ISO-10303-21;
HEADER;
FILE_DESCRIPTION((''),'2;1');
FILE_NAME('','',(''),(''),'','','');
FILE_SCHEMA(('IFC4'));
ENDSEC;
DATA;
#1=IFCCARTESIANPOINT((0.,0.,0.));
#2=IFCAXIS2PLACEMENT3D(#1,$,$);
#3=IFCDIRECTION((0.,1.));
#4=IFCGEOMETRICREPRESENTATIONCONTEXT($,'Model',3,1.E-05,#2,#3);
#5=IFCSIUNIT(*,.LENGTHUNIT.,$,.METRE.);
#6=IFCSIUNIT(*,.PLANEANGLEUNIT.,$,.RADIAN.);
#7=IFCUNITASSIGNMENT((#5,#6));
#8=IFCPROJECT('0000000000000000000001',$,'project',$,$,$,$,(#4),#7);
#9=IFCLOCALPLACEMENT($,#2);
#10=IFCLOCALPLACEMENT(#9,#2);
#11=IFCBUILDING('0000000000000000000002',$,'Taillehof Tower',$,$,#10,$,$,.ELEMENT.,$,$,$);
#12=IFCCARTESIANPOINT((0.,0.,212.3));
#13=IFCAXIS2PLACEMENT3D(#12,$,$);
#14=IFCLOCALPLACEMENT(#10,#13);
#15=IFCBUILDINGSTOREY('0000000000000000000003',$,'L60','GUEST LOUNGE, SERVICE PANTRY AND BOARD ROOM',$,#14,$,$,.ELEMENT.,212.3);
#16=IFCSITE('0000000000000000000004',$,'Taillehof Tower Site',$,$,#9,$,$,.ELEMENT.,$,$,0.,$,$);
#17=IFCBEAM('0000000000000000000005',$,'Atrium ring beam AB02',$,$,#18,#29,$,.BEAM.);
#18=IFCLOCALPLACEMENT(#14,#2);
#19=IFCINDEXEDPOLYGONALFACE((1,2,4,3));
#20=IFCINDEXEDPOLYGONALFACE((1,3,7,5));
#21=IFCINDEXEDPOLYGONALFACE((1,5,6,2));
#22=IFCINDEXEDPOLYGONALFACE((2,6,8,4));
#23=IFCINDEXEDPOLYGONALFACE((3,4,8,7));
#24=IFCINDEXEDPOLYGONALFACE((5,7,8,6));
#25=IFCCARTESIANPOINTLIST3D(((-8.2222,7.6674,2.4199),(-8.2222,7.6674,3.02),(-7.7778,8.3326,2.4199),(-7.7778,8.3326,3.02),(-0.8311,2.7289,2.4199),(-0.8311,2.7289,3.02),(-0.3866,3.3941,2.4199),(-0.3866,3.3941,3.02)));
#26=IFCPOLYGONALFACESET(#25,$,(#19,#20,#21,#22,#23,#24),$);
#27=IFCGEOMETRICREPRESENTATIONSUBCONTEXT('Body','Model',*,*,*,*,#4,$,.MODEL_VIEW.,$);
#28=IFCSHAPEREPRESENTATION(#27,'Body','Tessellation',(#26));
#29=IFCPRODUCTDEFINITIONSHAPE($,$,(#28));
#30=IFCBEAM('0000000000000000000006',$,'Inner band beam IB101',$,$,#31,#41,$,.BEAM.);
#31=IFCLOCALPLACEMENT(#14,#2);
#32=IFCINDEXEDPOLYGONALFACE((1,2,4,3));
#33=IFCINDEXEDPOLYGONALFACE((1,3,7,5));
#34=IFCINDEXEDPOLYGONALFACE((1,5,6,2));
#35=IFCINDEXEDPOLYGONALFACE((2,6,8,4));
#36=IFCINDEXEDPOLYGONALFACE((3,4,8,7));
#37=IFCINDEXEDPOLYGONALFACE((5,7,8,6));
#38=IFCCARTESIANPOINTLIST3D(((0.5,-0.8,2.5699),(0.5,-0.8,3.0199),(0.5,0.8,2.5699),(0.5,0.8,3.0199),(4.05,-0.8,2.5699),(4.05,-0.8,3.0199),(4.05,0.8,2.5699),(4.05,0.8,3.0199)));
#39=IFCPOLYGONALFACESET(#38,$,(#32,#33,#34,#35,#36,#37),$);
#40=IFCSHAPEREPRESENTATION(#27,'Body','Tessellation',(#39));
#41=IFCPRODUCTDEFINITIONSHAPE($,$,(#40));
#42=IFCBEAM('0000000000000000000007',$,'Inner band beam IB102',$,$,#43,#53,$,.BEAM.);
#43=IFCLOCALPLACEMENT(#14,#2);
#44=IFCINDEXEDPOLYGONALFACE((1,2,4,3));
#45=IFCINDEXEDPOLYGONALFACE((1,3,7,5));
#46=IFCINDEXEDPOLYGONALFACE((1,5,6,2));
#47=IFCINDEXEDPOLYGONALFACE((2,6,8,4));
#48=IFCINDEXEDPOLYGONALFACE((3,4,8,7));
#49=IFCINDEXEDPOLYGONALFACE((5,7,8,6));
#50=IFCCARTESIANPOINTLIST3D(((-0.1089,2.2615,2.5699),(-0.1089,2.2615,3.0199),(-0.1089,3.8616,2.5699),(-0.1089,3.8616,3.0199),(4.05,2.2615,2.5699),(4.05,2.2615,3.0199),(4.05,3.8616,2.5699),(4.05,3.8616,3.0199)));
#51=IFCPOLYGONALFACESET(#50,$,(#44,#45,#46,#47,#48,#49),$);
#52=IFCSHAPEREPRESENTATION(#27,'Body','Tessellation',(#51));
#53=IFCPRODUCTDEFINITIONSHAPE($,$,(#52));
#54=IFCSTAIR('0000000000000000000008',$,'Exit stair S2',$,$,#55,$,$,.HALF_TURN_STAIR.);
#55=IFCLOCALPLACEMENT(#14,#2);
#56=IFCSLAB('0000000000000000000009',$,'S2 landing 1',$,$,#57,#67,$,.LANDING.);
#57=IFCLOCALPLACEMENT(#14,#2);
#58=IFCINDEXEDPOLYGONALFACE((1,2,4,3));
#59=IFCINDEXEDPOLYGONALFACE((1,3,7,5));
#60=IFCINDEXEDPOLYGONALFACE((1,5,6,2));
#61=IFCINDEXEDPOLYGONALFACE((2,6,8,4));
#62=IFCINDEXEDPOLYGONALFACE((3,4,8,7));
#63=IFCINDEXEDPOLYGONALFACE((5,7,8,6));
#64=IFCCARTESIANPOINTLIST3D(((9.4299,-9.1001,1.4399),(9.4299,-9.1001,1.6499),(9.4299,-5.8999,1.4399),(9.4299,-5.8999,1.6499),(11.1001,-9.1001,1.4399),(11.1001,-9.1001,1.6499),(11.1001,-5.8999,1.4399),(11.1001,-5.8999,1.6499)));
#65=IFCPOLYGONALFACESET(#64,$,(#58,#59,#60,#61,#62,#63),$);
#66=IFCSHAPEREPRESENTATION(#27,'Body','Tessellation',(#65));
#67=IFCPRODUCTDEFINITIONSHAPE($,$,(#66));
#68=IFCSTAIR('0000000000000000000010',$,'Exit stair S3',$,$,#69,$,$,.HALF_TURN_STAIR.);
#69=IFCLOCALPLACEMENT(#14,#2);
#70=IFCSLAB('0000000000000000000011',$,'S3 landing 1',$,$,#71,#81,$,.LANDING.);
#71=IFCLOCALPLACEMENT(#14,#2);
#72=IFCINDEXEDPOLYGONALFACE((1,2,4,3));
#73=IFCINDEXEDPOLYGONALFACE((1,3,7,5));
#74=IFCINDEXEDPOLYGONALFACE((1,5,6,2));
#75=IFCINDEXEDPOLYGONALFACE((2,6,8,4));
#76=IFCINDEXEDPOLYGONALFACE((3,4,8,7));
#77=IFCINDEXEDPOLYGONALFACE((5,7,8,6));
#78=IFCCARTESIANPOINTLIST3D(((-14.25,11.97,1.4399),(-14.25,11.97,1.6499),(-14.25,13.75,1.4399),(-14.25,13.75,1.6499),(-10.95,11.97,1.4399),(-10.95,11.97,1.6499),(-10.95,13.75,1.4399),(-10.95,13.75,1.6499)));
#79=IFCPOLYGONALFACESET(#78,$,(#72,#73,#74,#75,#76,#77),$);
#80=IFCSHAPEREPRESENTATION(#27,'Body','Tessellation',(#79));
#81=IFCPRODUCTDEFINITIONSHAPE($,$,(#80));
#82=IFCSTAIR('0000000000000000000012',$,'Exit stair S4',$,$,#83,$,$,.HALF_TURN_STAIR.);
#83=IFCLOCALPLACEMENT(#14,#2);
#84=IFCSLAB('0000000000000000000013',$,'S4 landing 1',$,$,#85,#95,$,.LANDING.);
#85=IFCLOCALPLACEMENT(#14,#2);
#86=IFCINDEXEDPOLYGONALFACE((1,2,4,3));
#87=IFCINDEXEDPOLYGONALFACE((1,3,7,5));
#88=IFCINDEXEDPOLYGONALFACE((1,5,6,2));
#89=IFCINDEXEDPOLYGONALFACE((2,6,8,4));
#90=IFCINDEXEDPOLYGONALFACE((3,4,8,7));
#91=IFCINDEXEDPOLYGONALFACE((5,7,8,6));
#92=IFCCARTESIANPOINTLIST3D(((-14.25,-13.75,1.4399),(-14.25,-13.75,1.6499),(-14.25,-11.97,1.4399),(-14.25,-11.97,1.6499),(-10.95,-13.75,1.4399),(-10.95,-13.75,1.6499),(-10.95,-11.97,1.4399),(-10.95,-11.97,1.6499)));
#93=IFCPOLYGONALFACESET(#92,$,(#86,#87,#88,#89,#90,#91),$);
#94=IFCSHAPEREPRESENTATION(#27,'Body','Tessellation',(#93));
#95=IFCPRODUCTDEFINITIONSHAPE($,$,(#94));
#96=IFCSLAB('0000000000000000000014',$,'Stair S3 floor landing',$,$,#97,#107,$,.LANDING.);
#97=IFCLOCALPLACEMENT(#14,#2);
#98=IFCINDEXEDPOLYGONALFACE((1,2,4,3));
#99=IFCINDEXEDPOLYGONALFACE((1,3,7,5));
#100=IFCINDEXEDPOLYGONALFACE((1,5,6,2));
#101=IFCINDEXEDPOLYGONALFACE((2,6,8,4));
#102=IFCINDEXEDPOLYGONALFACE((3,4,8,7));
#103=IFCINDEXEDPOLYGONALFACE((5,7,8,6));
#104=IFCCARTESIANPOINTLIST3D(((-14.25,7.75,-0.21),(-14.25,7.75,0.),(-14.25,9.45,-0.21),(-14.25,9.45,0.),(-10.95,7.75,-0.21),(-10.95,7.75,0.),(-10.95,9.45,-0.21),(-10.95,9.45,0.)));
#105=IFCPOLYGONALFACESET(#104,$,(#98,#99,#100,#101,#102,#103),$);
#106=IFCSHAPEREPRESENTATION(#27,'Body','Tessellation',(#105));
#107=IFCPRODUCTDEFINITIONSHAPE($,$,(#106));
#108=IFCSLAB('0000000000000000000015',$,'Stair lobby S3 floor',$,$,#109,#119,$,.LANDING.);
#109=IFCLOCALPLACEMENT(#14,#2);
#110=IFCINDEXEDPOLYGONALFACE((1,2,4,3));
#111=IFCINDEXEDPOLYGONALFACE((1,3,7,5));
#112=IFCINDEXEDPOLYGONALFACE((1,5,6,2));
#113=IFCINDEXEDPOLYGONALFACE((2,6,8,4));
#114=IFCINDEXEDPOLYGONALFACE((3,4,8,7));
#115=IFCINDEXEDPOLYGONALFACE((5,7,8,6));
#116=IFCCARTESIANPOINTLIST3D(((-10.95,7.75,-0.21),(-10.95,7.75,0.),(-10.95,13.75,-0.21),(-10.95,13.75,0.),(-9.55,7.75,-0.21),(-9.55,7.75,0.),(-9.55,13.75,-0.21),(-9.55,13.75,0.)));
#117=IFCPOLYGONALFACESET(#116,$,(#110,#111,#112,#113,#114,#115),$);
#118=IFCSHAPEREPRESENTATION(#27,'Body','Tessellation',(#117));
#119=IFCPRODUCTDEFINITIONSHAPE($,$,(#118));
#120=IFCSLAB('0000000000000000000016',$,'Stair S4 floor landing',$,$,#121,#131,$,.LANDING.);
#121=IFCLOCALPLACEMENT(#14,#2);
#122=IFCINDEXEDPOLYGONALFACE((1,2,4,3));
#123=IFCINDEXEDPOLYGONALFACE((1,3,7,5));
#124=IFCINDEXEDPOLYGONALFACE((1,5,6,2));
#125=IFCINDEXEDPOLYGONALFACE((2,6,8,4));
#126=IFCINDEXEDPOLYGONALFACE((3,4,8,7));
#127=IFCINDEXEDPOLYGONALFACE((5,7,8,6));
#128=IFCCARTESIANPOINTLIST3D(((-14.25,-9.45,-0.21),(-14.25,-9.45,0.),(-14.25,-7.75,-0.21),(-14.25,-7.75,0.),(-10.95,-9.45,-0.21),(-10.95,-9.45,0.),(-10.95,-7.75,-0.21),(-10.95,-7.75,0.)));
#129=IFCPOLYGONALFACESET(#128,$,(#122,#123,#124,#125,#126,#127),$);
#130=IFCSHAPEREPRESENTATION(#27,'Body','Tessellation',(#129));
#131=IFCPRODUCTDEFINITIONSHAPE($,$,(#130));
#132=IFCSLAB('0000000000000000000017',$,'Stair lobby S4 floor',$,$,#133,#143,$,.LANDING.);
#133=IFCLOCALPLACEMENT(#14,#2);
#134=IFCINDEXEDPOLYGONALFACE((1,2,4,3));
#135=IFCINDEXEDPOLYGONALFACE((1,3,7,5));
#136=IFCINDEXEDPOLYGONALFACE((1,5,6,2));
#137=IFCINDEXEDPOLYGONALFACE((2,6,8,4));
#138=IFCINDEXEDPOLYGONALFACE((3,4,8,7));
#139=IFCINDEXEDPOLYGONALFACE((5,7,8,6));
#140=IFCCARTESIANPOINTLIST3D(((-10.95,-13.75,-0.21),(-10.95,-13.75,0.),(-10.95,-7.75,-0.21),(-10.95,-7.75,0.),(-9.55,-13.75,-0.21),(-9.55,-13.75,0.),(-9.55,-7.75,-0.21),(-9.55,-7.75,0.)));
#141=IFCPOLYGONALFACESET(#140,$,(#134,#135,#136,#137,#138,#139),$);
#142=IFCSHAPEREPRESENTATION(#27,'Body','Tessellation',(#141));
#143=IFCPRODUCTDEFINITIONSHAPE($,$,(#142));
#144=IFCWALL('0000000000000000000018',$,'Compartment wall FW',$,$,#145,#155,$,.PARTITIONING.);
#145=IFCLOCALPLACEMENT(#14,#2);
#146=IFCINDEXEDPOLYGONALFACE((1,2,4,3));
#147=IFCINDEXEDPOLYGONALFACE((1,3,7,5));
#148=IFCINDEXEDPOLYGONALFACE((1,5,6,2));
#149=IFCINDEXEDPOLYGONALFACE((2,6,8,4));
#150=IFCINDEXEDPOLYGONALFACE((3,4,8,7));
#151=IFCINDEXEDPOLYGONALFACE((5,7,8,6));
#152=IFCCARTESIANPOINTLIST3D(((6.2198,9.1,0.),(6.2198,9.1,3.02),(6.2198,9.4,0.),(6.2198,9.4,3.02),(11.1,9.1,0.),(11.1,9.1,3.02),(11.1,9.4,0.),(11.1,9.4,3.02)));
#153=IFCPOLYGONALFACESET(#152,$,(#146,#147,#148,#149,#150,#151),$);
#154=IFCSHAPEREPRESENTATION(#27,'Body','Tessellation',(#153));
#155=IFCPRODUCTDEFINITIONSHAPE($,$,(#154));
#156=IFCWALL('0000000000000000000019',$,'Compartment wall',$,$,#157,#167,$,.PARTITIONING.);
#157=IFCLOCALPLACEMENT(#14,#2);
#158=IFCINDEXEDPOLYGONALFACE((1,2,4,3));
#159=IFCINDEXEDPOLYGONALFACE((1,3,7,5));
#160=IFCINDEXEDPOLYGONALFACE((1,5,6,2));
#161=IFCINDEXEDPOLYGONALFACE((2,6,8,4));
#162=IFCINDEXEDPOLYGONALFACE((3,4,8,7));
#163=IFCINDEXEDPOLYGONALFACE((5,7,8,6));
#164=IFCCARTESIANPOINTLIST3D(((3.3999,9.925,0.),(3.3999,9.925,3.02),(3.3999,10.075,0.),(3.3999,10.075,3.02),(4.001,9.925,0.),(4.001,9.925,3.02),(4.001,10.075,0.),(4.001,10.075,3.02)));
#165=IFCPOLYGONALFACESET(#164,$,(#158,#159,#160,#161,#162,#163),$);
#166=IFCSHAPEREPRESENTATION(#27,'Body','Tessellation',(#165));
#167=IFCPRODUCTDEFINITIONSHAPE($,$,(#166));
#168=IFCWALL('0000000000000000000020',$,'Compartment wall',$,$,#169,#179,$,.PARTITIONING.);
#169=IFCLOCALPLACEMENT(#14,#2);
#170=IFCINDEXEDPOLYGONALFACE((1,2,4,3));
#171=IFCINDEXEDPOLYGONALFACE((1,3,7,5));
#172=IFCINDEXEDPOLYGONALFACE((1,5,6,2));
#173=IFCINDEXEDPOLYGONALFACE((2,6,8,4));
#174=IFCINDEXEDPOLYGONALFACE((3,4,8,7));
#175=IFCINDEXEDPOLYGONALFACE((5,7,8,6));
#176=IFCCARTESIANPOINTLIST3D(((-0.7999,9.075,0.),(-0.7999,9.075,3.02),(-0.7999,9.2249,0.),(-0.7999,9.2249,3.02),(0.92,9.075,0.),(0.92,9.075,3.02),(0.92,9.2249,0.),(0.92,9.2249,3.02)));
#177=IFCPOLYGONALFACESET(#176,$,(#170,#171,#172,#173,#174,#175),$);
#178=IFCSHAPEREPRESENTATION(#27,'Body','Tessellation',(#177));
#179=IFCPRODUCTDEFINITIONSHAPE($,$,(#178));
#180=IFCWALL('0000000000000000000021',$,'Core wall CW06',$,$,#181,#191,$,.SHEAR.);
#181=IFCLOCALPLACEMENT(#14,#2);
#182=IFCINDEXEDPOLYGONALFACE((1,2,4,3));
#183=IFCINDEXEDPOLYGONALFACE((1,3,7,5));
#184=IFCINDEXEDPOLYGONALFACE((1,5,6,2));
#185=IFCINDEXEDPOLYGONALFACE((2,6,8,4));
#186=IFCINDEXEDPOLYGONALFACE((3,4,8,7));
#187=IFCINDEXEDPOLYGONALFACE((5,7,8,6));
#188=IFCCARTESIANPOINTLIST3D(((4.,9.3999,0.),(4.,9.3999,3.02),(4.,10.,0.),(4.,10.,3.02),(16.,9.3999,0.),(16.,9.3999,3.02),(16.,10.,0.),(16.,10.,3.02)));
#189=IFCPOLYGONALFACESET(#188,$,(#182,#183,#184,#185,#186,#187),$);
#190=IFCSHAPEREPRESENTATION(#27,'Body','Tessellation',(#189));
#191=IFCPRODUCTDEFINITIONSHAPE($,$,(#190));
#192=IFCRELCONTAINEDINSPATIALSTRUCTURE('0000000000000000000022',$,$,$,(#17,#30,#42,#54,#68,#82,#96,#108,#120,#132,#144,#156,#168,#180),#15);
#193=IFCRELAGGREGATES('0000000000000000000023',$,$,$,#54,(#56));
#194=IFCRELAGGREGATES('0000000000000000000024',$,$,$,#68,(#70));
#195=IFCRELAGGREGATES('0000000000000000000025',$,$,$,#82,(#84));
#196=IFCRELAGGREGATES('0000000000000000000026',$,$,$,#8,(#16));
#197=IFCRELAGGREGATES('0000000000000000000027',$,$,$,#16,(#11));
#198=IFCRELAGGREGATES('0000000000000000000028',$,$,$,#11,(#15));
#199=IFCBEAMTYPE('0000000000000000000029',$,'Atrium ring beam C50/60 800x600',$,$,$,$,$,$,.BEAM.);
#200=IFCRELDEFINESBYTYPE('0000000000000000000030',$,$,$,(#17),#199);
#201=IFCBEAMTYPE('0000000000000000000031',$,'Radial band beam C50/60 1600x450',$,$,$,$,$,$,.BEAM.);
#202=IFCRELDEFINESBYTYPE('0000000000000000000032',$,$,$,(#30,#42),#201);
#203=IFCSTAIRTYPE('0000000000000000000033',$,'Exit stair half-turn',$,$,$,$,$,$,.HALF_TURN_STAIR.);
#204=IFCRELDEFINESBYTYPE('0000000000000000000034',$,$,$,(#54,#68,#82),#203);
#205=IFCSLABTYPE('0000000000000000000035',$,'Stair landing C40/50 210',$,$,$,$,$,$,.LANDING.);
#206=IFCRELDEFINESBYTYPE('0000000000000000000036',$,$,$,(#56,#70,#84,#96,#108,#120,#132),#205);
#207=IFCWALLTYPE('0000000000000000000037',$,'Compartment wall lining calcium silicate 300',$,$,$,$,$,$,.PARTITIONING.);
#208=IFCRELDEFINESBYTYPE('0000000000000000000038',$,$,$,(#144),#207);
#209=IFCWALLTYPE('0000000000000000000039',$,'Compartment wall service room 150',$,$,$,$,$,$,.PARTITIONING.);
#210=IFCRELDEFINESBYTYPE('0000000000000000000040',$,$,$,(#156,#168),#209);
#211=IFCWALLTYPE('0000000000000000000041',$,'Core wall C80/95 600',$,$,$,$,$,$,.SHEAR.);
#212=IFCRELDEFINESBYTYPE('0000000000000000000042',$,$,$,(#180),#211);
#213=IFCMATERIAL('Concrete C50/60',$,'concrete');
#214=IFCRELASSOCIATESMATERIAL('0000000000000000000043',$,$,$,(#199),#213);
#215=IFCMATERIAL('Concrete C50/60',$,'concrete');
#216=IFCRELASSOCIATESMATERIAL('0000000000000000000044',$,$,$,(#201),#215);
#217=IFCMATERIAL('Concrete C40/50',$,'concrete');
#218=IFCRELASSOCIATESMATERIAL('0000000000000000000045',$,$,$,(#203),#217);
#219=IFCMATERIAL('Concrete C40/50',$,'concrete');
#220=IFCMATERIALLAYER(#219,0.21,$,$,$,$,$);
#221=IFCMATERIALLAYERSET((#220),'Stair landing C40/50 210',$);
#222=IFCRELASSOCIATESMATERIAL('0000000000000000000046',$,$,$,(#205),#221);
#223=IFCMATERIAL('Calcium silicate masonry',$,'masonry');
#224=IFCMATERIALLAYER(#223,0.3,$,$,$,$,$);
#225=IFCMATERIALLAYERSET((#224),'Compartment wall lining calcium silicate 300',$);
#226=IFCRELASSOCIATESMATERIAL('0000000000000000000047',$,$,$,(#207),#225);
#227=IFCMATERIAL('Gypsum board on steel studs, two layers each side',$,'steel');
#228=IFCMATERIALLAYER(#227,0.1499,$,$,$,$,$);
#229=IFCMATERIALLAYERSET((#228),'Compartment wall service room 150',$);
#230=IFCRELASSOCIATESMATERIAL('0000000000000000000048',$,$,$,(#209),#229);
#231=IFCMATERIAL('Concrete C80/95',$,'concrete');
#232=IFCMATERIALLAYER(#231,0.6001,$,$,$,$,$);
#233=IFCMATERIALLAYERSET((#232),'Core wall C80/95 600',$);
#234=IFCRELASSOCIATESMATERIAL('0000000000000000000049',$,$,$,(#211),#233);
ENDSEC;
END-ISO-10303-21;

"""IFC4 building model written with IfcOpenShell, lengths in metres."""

from ifc_helpers import new_model, si_unit, direction, frame, frame_2d, origin, origin_2d, place, context, subcontext, project, spatial, polyline, rectangle, outline, extrude, material, layer, layer_set, material_profile, profile_set, type_object, element, aggregate, save


model = new_model("IFC4")

# Units and contexts
model_context = context("Model", 3, precision=1e-05, world=origin(), true_north=direction((0.0, 1.0)))
body_context = subcontext(model_context, "Body", "Model", "MODEL_VIEW")
ifc_project = project(units=[si_unit("LENGTHUNIT", "METRE"), si_unit("PLANEANGLEUNIT", "RADIAN")], contexts=[model_context])

# Site, building, storey
site_placement = place(None, origin())
site = spatial("IfcSite", under=ifc_project, at=site_placement, Name="Taillehof Tower Site", CompositionType="ELEMENT", RefElevation=0.0)
building_placement = place(site_placement, origin())
building = spatial("IfcBuilding", under=site, at=building_placement, Name="Taillehof Tower", CompositionType="ELEMENT")
storey_placement = place(building_placement, frame((0.0, 0.0, 212.3)))
storey = spatial("IfcBuildingStorey", under=building, at=storey_placement, Name="L60", Description="GUEST LOUNGE, SERVICE PANTRY AND BOARD ROOM", CompositionType="ELEMENT", Elevation=212.3)

# Beams
ifc_material_1 = material(Name="Concrete C50/60", Category="concrete")
ifc_material_profile_1 = material_profile(ifc_material_1, rectangle(XDim=0.8, YDim=0.6001, at=origin_2d()), Name="RC 800x600")
ifc_profile_set_1 = profile_set([ifc_material_profile_1], Name="Concrete C50/60")
beam_type_1 = type_object("IfcBeamType", Name="Atrium ring beam C50/60 800x600", PredefinedType="BEAM", material=ifc_profile_set_1)
beam_1_placement = place(storey_placement, frame((-0.6089, 3.0615, 2.72), z_axis=(-0.831475, 0.555562, 0.0), x_axis=(-0.555562, -0.831475, 0.0)))
element("IfcBeam", 1, at=beam_1_placement, inside=storey, type_object=beam_type_1, Name="Atrium ring beam AB02", PredefinedType="BEAM", context=body_context, shape_type="SweptSolid", body=[
    extrude(rectangle(XDim=0.8, YDim=0.6001, at=origin_2d()), origin(), (0.0, 0.0, 1.0), 8.8892),
])
ifc_material_2 = material(Name="Concrete C50/60", Category="concrete")
ifc_material_profile_2 = material_profile(ifc_material_2, rectangle(XDim=1.6001, YDim=0.45, at=origin_2d()), Name="RC 1600x450")
ifc_profile_set_2 = profile_set([ifc_material_profile_2], Name="Concrete C50/60")
beam_type_2 = type_object("IfcBeamType", Name="Radial band beam C50/60 1600x450", PredefinedType="BEAM", material=ifc_profile_set_2)
beam_2_placement = place(storey_placement, frame((0.5, 0.0, 2.7949), z_axis=(1.0, 0.0, 0.0), x_axis=(0.0, 1.0, 0.0)))
element("IfcBeam", 2, at=beam_2_placement, inside=storey, type_object=beam_type_2, Name="Inner band beam IB101", PredefinedType="BEAM", context=body_context, shape_type="SweptSolid", body=[
    extrude(rectangle(XDim=1.6001, YDim=0.45, at=origin_2d()), origin(), (0.0, 0.0, 1.0), 3.55),
])
beam_3_placement = place(storey_placement, frame((-0.1089, 3.0615, 2.7949), z_axis=(1.0, 0.0, 0.0), x_axis=(0.0, 1.0, 0.0)))
element("IfcBeam", 3, at=beam_3_placement, inside=storey, type_object=beam_type_2, Name="Inner band beam IB102", PredefinedType="BEAM", context=body_context, shape_type="SweptSolid", body=[
    extrude(rectangle(XDim=1.6001, YDim=0.45, at=origin_2d()), origin(), (0.0, 0.0, 1.0), 4.1589),
])

# Stairs, slabs
ifc_material_3 = material(Name="Concrete C40/50", Category="concrete")
stair_type = type_object("IfcStairType", Name="Exit stair half-turn", PredefinedType="HALF_TURN_STAIR", material=ifc_material_3)
stair_1_placement = place(storey_placement, origin())
stair_1 = element("IfcStair", 4, at=stair_1_placement, inside=storey, type_object=stair_type, Name="Exit stair S2", PredefinedType="HALF_TURN_STAIR")
ifc_material_4 = material(Name="Concrete C40/50", Category="concrete")
ifc_layer_1 = layer(ifc_material_4, 0.21)
ifc_layer_set_1 = layer_set([ifc_layer_1], Name="Stair landing C40/50 210")
slab_type = type_object("IfcSlabType", Name="Stair landing C40/50 210", PredefinedType="LANDING", material=ifc_layer_set_1)
slab_1_placement = place(storey_placement, frame((0.0, 0.0, 1.4399)))
slab_1 = element("IfcSlab", 5, at=slab_1_placement, type_object=slab_type, Name="S2 landing 1", PredefinedType="LANDING", context=body_context, shape_type="SweptSolid", body=[
    extrude(outline(polyline([(9.4299, -5.8999), (11.1001, -5.8999), (11.1001, -9.1001), (9.4299, -9.1001), (9.4299, -5.8999)])), origin(), (0.0, 0.0, 1.0), 0.21),
])
aggregate(stair_1, [slab_1])
stair_2_placement = place(storey_placement, origin())
stair_2 = element("IfcStair", 6, at=stair_2_placement, inside=storey, type_object=stair_type, Name="Exit stair S3", PredefinedType="HALF_TURN_STAIR")
slab_2_placement = place(storey_placement, frame((0.0, 0.0, 1.4399)))
slab_2 = element("IfcSlab", 7, at=slab_2_placement, type_object=slab_type, Name="S3 landing 1", PredefinedType="LANDING", context=body_context, shape_type="SweptSolid", body=[
    extrude(outline(polyline([(-14.25, 11.97), (-14.25, 13.75), (-10.95, 13.75), (-10.95, 11.97), (-14.25, 11.97)])), origin(), (0.0, 0.0, 1.0), 0.21),
])
aggregate(stair_2, [slab_2])
stair_3_placement = place(storey_placement, origin())
stair_3 = element("IfcStair", 8, at=stair_3_placement, inside=storey, type_object=stair_type, Name="Exit stair S4", PredefinedType="HALF_TURN_STAIR")
slab_3_placement = place(storey_placement, frame((0.0, 0.0, 1.4399)))
slab_3 = element("IfcSlab", 9, at=slab_3_placement, type_object=slab_type, Name="S4 landing 1", PredefinedType="LANDING", context=body_context, shape_type="SweptSolid", body=[
    extrude(outline(polyline([(-14.25, -11.97), (-14.25, -13.75), (-10.95, -13.75), (-10.95, -11.97), (-14.25, -11.97)])), origin(), (0.0, 0.0, 1.0), 0.21),
])
aggregate(stair_3, [slab_3])

# Slabs
slab_4_placement = place(storey_placement, frame((0.0, 0.0, -0.21)))
element("IfcSlab", 10, at=slab_4_placement, inside=storey, type_object=slab_type, Name="Stair S3 floor landing", PredefinedType="LANDING", context=body_context, shape_type="SweptSolid", body=[
    extrude(outline(polyline([(-14.25, 7.75), (-14.25, 9.45), (-10.95, 9.45), (-10.95, 7.75), (-14.25, 7.75)])), origin(), (0.0, 0.0, 1.0), 0.21),
])
slab_5_placement = place(storey_placement, frame((0.0, 0.0, -0.21)))
element("IfcSlab", 11, at=slab_5_placement, inside=storey, type_object=slab_type, Name="Stair lobby S3 floor", PredefinedType="LANDING", context=body_context, shape_type="SweptSolid", body=[
    extrude(outline(polyline([(-10.95, 7.75), (-9.55, 7.75), (-9.55, 13.75), (-10.95, 13.75), (-10.95, 7.75)])), origin(), (0.0, 0.0, 1.0), 0.21),
])
slab_6_placement = place(storey_placement, frame((0.0, 0.0, -0.21)))
element("IfcSlab", 12, at=slab_6_placement, inside=storey, type_object=slab_type, Name="Stair S4 floor landing", PredefinedType="LANDING", context=body_context, shape_type="SweptSolid", body=[
    extrude(outline(polyline([(-14.25, -7.75), (-14.25, -9.45), (-10.95, -9.45), (-10.95, -7.75), (-14.25, -7.75)])), origin(), (0.0, 0.0, 1.0), 0.21),
])
slab_7_placement = place(storey_placement, frame((0.0, 0.0, -0.21)))
element("IfcSlab", 13, at=slab_7_placement, inside=storey, type_object=slab_type, Name="Stair lobby S4 floor", PredefinedType="LANDING", context=body_context, shape_type="SweptSolid", body=[
    extrude(outline(polyline([(-10.95, -13.75), (-9.55, -13.75), (-9.55, -7.75), (-10.95, -7.75), (-10.95, -13.75)])), origin(), (0.0, 0.0, 1.0), 0.21),
])

# Walls
ifc_material_5 = material(Name="Calcium silicate masonry", Category="masonry")
ifc_layer_2 = layer(ifc_material_5, 0.3)
ifc_layer_set_2 = layer_set([ifc_layer_2], Name="Compartment wall lining calcium silicate 300")
wall_type_1 = type_object("IfcWallType", Name="Compartment wall lining calcium silicate 300", PredefinedType="PARTITIONING", material=ifc_layer_set_2)
wall_1_placement = place(storey_placement, frame((6.22, 9.25, 0.0), z_axis=(0.0, 0.0, 1.0), x_axis=(1.0, 0.0, 0.0)))
element("IfcWall", 14, at=wall_1_placement, inside=storey, type_object=wall_type_1, Name="Compartment wall FW", PredefinedType="PARTITIONING", context=body_context, shape_type="SweptSolid", body=[
    extrude(rectangle(XDim=4.8801, YDim=0.3, at=frame_2d((2.4399, 0.0))), origin(), (0.0, 0.0, 1.0), 3.02),
])
ifc_material_6 = material(Name="Gypsum board on steel studs, two layers each side", Category="steel")
ifc_layer_3 = layer(ifc_material_6, 0.1499)
ifc_layer_set_3 = layer_set([ifc_layer_3], Name="Compartment wall service room 150")
wall_type_2 = type_object("IfcWallType", Name="Compartment wall service room 150", PredefinedType="PARTITIONING", material=ifc_layer_set_3)
wall_2_placement = place(storey_placement, frame((4.001, 10.0, 0.0), z_axis=(0.0, 0.0, 1.0), x_axis=(-1.0, 0.0, 0.0)))
element("IfcWall", 15, at=wall_2_placement, inside=storey, type_object=wall_type_2, Name="Compartment wall", PredefinedType="PARTITIONING", context=body_context, shape_type="SweptSolid", body=[
    extrude(rectangle(XDim=0.6011, YDim=0.1499, at=frame_2d((0.3005, 0.0))), origin(), (0.0, 0.0, 1.0), 3.02),
])
wall_3_placement = place(storey_placement, frame((0.9199, 9.1499, 0.0), z_axis=(0.0, 0.0, 1.0), x_axis=(-1.0, 0.0, 0.0)))
element("IfcWall", 16, at=wall_3_placement, inside=storey, type_object=wall_type_2, Name="Compartment wall", PredefinedType="PARTITIONING", context=body_context, shape_type="SweptSolid", body=[
    extrude(rectangle(XDim=1.72, YDim=0.1499, at=frame_2d((0.8599, 0.0))), origin(), (0.0, 0.0, 1.0), 3.02),
])
ifc_material_7 = material(Name="Concrete C80/95", Category="concrete")
ifc_layer_4 = layer(ifc_material_7, 0.6001)
ifc_layer_set_4 = layer_set([ifc_layer_4], Name="Core wall C80/95 600")
wall_type_3 = type_object("IfcWallType", Name="Core wall C80/95 600", PredefinedType="SHEAR", material=ifc_layer_set_4)
wall_4_placement = place(storey_placement, frame((4.0, 9.7, 0.0), z_axis=(0.0, 0.0, 1.0), x_axis=(1.0, 0.0, 0.0)))
element("IfcWall", 17, at=wall_4_placement, inside=storey, type_object=wall_type_3, Name="Core wall CW06", PredefinedType="SHEAR", context=body_context, shape_type="SweptSolid", body=[
    extrude(rectangle(XDim=12.0, YDim=0.6001, at=frame_2d((6.0, 0.0))), origin(), (0.0, 0.0, 1.0), 3.02),
])

save(model, "model.ifc")
